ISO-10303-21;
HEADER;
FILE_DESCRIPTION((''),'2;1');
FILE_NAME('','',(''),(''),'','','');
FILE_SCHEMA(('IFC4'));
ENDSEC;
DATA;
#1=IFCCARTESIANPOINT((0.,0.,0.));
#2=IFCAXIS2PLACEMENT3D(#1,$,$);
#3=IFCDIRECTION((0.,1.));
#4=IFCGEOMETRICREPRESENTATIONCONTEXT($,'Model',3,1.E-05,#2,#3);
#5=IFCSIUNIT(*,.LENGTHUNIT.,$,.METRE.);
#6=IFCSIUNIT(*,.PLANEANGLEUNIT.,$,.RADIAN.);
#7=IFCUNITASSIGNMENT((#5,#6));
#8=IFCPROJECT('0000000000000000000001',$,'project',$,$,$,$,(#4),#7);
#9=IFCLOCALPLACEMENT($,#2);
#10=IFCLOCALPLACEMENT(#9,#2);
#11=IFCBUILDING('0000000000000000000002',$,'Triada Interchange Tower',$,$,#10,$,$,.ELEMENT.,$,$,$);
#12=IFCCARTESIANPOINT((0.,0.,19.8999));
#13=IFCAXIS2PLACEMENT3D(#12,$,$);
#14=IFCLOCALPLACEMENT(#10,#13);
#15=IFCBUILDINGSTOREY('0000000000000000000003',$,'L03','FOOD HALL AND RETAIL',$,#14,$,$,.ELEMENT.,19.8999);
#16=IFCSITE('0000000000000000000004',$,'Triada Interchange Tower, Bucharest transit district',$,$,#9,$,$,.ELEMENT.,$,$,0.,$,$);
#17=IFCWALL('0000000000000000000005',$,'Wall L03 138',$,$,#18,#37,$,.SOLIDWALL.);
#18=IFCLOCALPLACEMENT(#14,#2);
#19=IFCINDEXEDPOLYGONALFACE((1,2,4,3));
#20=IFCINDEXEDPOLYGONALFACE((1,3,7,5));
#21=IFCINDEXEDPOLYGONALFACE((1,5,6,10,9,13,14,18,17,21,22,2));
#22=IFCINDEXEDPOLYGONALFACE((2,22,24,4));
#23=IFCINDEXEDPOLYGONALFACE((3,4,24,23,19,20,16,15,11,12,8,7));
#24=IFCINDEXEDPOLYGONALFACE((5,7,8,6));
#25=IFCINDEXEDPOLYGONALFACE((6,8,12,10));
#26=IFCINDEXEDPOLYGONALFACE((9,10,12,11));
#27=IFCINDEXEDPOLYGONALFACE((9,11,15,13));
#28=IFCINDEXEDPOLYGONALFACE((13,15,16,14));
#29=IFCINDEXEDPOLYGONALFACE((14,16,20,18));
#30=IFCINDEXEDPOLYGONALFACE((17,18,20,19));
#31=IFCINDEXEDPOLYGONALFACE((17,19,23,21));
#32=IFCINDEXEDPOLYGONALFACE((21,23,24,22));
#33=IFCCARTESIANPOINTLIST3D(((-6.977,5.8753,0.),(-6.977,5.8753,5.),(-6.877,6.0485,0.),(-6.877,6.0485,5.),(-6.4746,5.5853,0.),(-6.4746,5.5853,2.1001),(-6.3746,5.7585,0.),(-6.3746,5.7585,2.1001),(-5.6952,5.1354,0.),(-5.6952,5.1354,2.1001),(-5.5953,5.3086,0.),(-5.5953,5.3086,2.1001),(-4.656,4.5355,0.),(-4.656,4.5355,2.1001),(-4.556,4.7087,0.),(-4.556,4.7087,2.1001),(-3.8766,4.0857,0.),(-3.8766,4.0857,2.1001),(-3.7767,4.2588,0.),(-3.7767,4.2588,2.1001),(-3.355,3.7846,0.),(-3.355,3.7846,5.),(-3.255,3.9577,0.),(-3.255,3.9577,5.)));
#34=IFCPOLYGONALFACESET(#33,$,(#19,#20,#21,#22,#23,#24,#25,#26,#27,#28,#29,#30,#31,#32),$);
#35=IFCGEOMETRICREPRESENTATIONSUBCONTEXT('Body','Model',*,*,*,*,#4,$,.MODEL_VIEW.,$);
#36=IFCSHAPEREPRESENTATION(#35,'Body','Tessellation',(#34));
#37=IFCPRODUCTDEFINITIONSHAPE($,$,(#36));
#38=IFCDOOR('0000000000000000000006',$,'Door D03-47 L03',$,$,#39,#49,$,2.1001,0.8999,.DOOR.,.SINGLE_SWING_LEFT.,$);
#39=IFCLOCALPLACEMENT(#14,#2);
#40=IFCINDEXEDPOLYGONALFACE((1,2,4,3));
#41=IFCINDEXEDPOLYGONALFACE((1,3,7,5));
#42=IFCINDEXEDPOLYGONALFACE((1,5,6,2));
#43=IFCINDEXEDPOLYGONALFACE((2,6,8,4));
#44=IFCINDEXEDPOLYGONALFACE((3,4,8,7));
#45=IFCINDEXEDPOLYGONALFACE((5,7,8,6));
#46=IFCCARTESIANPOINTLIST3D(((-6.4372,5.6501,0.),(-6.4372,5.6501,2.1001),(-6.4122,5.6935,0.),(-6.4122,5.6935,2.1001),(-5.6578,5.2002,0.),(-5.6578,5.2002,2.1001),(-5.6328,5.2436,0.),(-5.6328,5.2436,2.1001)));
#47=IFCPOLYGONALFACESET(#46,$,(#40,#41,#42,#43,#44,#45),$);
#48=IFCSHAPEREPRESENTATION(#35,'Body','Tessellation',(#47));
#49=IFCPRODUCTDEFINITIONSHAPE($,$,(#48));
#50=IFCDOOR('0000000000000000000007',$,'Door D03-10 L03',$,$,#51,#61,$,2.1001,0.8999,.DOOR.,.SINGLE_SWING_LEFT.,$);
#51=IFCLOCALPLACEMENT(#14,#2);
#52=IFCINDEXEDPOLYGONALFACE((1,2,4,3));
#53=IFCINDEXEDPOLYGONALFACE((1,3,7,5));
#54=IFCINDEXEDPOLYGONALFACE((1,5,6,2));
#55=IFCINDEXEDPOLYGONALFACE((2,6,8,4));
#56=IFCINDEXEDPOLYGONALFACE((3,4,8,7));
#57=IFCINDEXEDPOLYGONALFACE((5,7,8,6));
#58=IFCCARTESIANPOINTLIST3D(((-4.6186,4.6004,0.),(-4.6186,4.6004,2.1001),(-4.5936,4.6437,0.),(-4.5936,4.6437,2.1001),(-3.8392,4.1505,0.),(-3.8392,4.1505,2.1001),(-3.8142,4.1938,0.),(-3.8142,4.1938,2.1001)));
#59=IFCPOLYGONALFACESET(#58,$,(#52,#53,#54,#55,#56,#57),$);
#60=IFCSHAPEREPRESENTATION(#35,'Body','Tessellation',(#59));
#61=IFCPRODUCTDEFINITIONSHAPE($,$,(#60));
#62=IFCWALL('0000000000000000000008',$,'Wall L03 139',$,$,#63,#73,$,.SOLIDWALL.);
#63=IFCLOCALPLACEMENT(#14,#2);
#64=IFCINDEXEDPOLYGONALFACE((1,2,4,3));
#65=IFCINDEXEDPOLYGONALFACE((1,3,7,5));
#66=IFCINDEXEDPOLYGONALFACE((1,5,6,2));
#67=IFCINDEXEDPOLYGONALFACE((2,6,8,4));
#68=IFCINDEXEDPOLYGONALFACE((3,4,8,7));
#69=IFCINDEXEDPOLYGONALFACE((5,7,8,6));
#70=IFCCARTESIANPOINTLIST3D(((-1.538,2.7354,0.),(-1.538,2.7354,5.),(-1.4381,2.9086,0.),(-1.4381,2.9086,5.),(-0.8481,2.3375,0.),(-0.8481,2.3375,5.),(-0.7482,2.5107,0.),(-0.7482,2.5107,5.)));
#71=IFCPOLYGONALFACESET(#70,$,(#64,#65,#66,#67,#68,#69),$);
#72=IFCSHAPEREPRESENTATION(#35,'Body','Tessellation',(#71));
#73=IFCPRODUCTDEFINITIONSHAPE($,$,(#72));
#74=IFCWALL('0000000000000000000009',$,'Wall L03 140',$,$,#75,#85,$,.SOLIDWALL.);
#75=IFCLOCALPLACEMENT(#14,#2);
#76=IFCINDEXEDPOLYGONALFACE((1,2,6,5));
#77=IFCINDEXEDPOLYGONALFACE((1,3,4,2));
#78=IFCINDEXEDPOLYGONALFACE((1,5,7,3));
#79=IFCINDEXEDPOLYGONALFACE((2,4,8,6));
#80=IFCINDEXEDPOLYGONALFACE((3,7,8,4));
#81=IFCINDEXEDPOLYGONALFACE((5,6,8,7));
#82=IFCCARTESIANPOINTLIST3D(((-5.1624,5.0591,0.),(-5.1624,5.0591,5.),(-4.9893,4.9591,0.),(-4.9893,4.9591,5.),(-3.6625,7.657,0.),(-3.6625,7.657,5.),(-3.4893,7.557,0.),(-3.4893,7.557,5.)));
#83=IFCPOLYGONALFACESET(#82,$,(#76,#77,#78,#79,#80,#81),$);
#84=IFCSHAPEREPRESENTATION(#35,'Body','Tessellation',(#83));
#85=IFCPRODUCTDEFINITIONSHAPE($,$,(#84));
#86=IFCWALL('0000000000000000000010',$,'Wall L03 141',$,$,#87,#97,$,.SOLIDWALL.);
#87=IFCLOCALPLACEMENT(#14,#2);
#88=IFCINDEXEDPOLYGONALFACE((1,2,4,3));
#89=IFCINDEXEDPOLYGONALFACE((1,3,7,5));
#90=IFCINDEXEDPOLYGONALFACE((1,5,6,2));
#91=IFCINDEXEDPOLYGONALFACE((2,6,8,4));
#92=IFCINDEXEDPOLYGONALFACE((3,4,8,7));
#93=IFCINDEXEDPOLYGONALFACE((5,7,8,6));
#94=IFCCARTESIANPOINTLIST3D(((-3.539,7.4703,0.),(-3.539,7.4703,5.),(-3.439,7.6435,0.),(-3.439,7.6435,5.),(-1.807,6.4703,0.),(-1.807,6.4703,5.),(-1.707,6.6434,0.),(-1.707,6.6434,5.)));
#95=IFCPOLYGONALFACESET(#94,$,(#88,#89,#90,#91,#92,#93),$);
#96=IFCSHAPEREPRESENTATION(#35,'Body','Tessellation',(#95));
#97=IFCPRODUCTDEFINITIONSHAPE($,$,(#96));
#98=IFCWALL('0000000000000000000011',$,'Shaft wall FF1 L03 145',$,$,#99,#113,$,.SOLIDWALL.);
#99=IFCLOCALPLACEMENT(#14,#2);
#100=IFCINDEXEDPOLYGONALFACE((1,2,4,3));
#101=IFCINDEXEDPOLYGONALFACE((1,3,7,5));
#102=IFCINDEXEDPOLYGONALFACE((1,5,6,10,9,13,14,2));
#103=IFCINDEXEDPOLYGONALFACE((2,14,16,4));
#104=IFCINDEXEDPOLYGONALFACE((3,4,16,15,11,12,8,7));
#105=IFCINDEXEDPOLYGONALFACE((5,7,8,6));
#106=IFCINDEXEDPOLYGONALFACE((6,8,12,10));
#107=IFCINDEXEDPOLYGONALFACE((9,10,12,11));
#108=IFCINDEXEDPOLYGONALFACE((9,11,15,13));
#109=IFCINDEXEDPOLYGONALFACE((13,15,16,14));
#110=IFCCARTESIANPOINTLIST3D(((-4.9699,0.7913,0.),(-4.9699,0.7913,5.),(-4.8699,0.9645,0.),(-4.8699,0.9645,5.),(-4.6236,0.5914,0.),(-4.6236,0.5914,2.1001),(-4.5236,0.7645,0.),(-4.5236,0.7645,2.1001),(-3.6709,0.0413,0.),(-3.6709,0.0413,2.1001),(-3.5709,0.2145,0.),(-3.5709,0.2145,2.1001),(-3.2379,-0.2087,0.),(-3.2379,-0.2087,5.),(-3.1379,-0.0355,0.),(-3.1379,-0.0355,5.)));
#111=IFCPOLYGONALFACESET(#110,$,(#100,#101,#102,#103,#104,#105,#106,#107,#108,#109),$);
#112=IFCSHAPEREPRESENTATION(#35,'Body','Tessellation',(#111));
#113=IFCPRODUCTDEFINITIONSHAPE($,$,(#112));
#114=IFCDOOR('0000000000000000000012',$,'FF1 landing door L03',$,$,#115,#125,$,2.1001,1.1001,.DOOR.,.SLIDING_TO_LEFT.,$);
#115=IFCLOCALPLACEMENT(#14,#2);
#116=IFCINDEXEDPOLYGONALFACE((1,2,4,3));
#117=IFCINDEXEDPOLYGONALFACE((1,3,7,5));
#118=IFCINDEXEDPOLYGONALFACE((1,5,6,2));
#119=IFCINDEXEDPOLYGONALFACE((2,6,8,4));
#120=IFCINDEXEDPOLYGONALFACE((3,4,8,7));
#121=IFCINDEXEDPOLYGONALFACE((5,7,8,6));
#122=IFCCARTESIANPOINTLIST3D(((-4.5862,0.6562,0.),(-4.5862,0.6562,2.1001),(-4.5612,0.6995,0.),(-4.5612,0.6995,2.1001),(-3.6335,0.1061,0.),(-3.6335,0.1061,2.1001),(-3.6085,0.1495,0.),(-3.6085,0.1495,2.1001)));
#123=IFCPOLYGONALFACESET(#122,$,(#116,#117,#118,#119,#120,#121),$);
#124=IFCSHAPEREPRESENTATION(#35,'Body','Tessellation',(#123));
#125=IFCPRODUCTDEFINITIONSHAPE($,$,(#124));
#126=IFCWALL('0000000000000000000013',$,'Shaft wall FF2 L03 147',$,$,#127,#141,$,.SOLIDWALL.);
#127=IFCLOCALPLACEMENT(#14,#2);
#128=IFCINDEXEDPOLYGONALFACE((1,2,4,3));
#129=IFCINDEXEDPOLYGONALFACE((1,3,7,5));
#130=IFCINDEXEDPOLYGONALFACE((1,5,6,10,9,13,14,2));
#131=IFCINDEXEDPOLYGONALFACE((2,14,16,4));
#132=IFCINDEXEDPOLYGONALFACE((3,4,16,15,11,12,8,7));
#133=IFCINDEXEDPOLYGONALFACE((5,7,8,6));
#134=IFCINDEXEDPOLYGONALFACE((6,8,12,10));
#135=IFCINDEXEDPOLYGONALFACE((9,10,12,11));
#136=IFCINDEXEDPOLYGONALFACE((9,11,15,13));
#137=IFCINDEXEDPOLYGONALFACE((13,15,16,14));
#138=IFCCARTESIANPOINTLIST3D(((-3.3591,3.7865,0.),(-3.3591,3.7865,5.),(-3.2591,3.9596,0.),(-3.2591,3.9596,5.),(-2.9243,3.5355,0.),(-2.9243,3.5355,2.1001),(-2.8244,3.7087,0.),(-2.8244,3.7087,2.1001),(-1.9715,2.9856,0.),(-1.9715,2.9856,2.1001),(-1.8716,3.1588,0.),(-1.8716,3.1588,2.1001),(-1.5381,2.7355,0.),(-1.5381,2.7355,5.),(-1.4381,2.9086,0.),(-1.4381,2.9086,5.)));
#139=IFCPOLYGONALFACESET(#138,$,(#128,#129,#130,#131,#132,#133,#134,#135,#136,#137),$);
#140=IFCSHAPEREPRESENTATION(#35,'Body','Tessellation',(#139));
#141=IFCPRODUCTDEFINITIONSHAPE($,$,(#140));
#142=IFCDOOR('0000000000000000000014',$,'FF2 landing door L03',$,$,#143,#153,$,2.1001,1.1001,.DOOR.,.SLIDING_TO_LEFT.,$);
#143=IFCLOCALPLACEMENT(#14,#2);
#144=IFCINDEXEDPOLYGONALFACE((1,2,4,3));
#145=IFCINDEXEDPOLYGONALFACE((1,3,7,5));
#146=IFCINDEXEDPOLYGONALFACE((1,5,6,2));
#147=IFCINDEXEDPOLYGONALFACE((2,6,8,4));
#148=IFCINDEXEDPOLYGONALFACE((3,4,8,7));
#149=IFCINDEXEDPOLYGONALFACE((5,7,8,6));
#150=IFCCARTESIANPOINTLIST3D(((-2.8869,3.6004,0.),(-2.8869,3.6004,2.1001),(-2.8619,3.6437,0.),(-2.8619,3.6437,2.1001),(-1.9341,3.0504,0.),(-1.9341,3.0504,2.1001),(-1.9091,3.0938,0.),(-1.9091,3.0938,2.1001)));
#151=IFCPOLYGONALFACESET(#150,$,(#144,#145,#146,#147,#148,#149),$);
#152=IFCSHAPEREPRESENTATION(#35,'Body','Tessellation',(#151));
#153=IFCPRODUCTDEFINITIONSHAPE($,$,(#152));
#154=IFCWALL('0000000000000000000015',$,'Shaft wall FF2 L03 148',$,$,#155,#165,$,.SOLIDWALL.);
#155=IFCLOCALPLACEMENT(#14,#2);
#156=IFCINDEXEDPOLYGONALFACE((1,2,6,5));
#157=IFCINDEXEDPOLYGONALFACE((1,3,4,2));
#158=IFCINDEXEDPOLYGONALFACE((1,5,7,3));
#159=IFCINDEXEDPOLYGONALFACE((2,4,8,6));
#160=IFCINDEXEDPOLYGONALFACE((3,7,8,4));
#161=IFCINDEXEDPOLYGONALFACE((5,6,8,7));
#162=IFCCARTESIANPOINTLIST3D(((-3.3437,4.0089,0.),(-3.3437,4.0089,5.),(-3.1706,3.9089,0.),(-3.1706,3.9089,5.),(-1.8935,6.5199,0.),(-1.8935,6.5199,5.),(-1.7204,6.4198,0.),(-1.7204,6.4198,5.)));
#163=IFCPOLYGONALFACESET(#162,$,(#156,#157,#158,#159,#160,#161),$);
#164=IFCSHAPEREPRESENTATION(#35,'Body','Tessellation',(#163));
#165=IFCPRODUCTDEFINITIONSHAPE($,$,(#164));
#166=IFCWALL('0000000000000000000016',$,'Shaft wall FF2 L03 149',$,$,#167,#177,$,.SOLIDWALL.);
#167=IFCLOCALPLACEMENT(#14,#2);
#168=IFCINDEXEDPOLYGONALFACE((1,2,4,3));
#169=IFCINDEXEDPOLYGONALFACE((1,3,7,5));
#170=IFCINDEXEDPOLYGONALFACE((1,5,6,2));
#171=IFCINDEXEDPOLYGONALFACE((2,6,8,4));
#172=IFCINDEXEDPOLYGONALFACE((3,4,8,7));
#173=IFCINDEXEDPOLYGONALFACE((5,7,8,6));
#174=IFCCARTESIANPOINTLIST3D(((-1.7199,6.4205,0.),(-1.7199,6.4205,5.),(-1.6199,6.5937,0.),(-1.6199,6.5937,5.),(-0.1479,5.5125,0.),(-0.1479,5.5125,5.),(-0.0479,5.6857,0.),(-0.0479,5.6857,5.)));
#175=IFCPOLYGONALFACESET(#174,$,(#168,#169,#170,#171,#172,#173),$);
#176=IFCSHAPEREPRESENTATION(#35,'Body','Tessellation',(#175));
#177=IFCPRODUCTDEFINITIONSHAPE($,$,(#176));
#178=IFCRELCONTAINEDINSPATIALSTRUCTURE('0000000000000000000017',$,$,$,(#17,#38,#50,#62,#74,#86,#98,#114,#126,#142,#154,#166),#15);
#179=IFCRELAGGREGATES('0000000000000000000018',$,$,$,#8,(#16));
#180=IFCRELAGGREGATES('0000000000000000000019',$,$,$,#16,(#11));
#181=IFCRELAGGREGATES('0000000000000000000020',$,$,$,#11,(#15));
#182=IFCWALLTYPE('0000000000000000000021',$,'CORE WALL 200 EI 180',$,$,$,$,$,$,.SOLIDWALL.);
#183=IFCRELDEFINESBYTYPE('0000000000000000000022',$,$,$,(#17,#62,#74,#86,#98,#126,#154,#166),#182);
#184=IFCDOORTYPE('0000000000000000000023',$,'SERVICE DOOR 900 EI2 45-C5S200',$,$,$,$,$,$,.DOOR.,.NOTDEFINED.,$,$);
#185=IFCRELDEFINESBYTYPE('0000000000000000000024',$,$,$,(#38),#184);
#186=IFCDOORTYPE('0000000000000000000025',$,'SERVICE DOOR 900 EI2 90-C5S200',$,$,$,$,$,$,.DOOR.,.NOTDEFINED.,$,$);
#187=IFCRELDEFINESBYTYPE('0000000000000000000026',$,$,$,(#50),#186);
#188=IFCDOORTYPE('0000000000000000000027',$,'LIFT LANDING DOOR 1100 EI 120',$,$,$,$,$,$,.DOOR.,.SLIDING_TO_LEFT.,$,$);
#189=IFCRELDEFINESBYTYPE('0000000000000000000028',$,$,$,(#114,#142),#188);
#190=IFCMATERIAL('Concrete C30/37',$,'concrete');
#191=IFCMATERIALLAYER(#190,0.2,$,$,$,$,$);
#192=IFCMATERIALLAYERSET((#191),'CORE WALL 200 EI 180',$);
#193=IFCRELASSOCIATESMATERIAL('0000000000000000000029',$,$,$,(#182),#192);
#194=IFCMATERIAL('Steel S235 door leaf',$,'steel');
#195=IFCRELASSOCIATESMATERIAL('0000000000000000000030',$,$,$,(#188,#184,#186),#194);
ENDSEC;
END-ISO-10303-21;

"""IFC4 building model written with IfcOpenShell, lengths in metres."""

from ifc_helpers import new_model, si_unit, direction, frame, frame_2d, origin, place, context, subcontext, project, spatial, rectangle, extrude, material, layer, layer_set, type_object, element, fill, save


model = new_model("IFC4")

# Units and contexts
model_context = context("Model", 3, precision=1e-05, world=origin(), true_north=direction((0.0, 1.0)))
body_context = subcontext(model_context, "Body", "Model", "MODEL_VIEW")
ifc_project = project(units=[si_unit("LENGTHUNIT", "METRE"), si_unit("PLANEANGLEUNIT", "RADIAN")], contexts=[model_context])

# Site, building, storey
site_placement = place(None, origin())
site = spatial("IfcSite", under=ifc_project, at=site_placement, Name="Triada Interchange Tower, Bucharest transit district", CompositionType="ELEMENT", RefElevation=0.0)
building_placement = place(site_placement, origin())
building = spatial("IfcBuilding", under=site, at=building_placement, Name="Triada Interchange Tower", CompositionType="ELEMENT")
storey_placement = place(building_placement, frame((0.0, 0.0, 19.8999)))
storey = spatial("IfcBuildingStorey", under=building, at=storey_placement, Name="L03", Description="FOOD HALL AND RETAIL", CompositionType="ELEMENT", Elevation=19.8999)

# Shared definitions
ifc_material_1 = material(Name="Concrete C30/37", Category="concrete")

# Shared definitions
ifc_layer_1 = layer(ifc_material_1, 0.2)
ifc_layer_set_1 = layer_set([ifc_layer_1], Name="CORE WALL 200 EI 180")
wall_type_1 = type_object("IfcWallType", Name="CORE WALL 200 EI 180", PredefinedType="SOLIDWALL", material=ifc_layer_set_1)
ifc_material_2 = material(Name="Steel S235 door leaf", Category="steel")
door_type_1 = type_object("IfcDoorType", Name="LIFT LANDING DOOR 1100 EI 120", OperationType="SLIDING_TO_LEFT", PredefinedType="DOOR", material=ifc_material_2)
door_type_2 = type_object("IfcDoorType", Name="SERVICE DOOR 900 EI2 45-C5S200", OperationType="NOTDEFINED", PredefinedType="DOOR", material=ifc_material_2)

# Wall, openings, doors
wall_1_placement = place(storey_placement, frame((-6.927, 5.9619, 0.0), z_axis=(0.0, 0.0, 1.0), x_axis=(0.866065, -0.499931, 0.0)))
wall_1 = element("IfcWall", 1, at=wall_1_placement, inside=storey, type_object=wall_type_1, Name="Wall L03 138", PredefinedType="SOLIDWALL", context=body_context, shape_type="SweptSolid", body=[
    extrude(rectangle(XDim=4.1821, YDim=0.2, at=frame_2d((2.0911, 0.0))), origin(), (0.0, 0.0, 1.0), 5.0),
])
opening_1_placement = place(wall_1_placement, frame((2.6799, 0.0, 0.0)))
opening_1 = element("IfcOpeningElement", 2, at=opening_1_placement, cuts=wall_1, PredefinedType="OPENING", context=body_context, shape_type="SweptSolid", body=[
    extrude(rectangle(XDim=0.8999, YDim=2.1001, at=frame_2d((0.45, 1.05))), frame((0.0, 0.1099, 0.0), z_axis=(0.0, -1.0, 0.0), x_axis=(1.0, 0.0, 0.0)), (0.0, 0.0, 1.0), 0.22),
])
opening_2_placement = place(wall_1_placement, frame((0.5801, 0.0, 0.0)))
opening_2 = element("IfcOpeningElement", 3, at=opening_2_placement, cuts=wall_1, PredefinedType="OPENING", context=body_context, shape_type="SweptSolid", body=[
    extrude(rectangle(XDim=0.8999, YDim=2.1001, at=frame_2d((0.45, 1.05))), frame((0.0, 0.1099, 0.0), z_axis=(0.0, -1.0, 0.0), x_axis=(1.0, 0.0, 0.0)), (0.0, 0.0, 1.0), 0.22),
])
door_1_placement = place(opening_2_placement, origin())
door_1 = element("IfcDoor", 4, at=door_1_placement, inside=storey, type_object=door_type_2, Name="Door D03-47 L03", OperationType="SINGLE_SWING_LEFT", OverallHeight=2.1001, OverallWidth=0.8999, PredefinedType="DOOR", context=body_context, shape_type="SweptSolid", body=[
    extrude(rectangle(XDim=0.8999, YDim=2.1001, at=frame_2d((0.45, 1.05))), frame((0.0, 0.0249, 0.0), z_axis=(0.0, -1.0, 0.0), x_axis=(1.0, 0.0, 0.0)), (0.0, 0.0, 1.0), 0.05),
])
fill(opening_2, door_1)
door_type_3 = type_object("IfcDoorType", Name="SERVICE DOOR 900 EI2 90-C5S200", OperationType="NOTDEFINED", PredefinedType="DOOR", material=ifc_material_2)
door_2_placement = place(opening_1_placement, origin())
door_2 = element("IfcDoor", 5, at=door_2_placement, inside=storey, type_object=door_type_3, Name="Door D03-10 L03", OperationType="SINGLE_SWING_LEFT", OverallHeight=2.1001, OverallWidth=0.8999, PredefinedType="DOOR", context=body_context, shape_type="SweptSolid", body=[
    extrude(rectangle(XDim=0.8999, YDim=2.1001, at=frame_2d((0.45, 1.05))), frame((0.0, 0.0249, 0.0), z_axis=(0.0, -1.0, 0.0), x_axis=(1.0, 0.0, 0.0)), (0.0, 0.0, 1.0), 0.05),
])
fill(opening_1, door_2)

# Walls
wall_2_placement = place(storey_placement, frame((-1.488, 2.822, 0.0), z_axis=(0.0, 0.0, 1.0), x_axis=(0.866237, -0.499634, 0.0)))
element("IfcWall", 6, at=wall_2_placement, inside=storey, type_object=wall_type_1, Name="Wall L03 139", PredefinedType="SOLIDWALL", context=body_context, shape_type="SweptSolid", body=[
    extrude(rectangle(XDim=0.7964, YDim=0.2, at=frame_2d((0.3982, 0.0))), origin(), (0.0, 0.0, 1.0), 5.0),
])
wall_3_placement = place(storey_placement, frame((-5.0759, 5.009, 0.0), z_axis=(0.0, 0.0, 1.0), x_axis=(0.500025, 0.866011, 0.0)))
element("IfcWall", 7, at=wall_3_placement, inside=storey, type_object=wall_type_1, Name="Wall L03 140", PredefinedType="SOLIDWALL", context=body_context, shape_type="SweptSolid", body=[
    extrude(rectangle(XDim=2.9998, YDim=0.2, at=frame_2d((1.5, 0.0))), origin(), (0.0, 0.0, 1.0), 5.0),
])
wall_4_placement = place(storey_placement, frame((-3.489, 7.5569, 0.0), z_axis=(0.0, 0.0, 1.0), x_axis=(0.866011, -0.500025, 0.0)))
element("IfcWall", 8, at=wall_4_placement, inside=storey, type_object=wall_type_1, Name="Wall L03 141", PredefinedType="SOLIDWALL", context=body_context, shape_type="SweptSolid", body=[
    extrude(rectangle(XDim=2.0, YDim=0.2, at=frame_2d((1.0, 0.0))), origin(), (0.0, 0.0, 1.0), 5.0),
])

# Walls, openings, doors
wall_5_placement = place(storey_placement, frame((-4.9199, 0.8779, 0.0), z_axis=(0.0, 0.0, 1.0), x_axis=(0.866011, -0.500025, 0.0)))
wall_5 = element("IfcWall", 9, at=wall_5_placement, inside=storey, type_object=wall_type_1, Name="Shaft wall FF1 L03 145", PredefinedType="SOLIDWALL", context=body_context, shape_type="SweptSolid", body=[
    extrude(rectangle(XDim=2.0, YDim=0.2, at=frame_2d((1.0, 0.0))), origin(), (0.0, 0.0, 1.0), 5.0),
])
opening_3_placement = place(wall_5_placement, frame((0.3999, 0.0, 0.0)))
opening_3 = element("IfcOpeningElement", 10, at=opening_3_placement, cuts=wall_5, PredefinedType="OPENING", context=body_context, shape_type="SweptSolid", body=[
    extrude(rectangle(XDim=1.1001, YDim=2.1001, at=frame_2d((0.55, 1.05))), frame((0.0, 0.1099, 0.0), z_axis=(0.0, -1.0, 0.0), x_axis=(1.0, 0.0, 0.0)), (0.0, 0.0, 1.0), 0.22),
])
door_3_placement = place(opening_3_placement, origin())
door_3 = element("IfcDoor", 11, at=door_3_placement, inside=storey, type_object=door_type_1, Name="FF1 landing door L03", OperationType="SLIDING_TO_LEFT", OverallHeight=2.1001, OverallWidth=1.1001, PredefinedType="DOOR", context=body_context, shape_type="SweptSolid", body=[
    extrude(rectangle(XDim=1.1001, YDim=2.1001, at=frame_2d((0.55, 1.05))), frame((0.0, 0.0249, 0.0), z_axis=(0.0, -1.0, 0.0), x_axis=(1.0, 0.0, 0.0)), (0.0, 0.0, 1.0), 0.05),
])
fill(opening_3, door_3)
wall_6_placement = place(storey_placement, frame((-3.3091, 3.873, 0.0), z_axis=(0.0, 0.0, 1.0), x_axis=(0.866099, -0.499873, 0.0)))
wall_6 = element("IfcWall", 12, at=wall_6_placement, inside=storey, type_object=wall_type_1, Name="Shaft wall FF2 L03 147", PredefinedType="SOLIDWALL", context=body_context, shape_type="SweptSolid", body=[
    extrude(rectangle(XDim=2.1025, YDim=0.2, at=frame_2d((1.0513, 0.0))), origin(), (0.0, 0.0, 1.0), 5.0),
])
opening_4_placement = place(wall_6_placement, frame((0.502, 0.0, 0.0)))
opening_4 = element("IfcOpeningElement", 13, at=opening_4_placement, cuts=wall_6, PredefinedType="OPENING", context=body_context, shape_type="SweptSolid", body=[
    extrude(rectangle(XDim=1.1001, YDim=2.1001, at=frame_2d((0.55, 1.05))), frame((0.0, 0.1099, 0.0), z_axis=(0.0, -1.0, 0.0), x_axis=(1.0, 0.0, 0.0)), (0.0, 0.0, 1.0), 0.22),
])
door_4_placement = place(opening_4_placement, origin())
door_4 = element("IfcDoor", 14, at=door_4_placement, inside=storey, type_object=door_type_1, Name="FF2 landing door L03", OperationType="SLIDING_TO_LEFT", OverallHeight=2.1001, OverallWidth=1.1001, PredefinedType="DOOR", context=body_context, shape_type="SweptSolid", body=[
    extrude(rectangle(XDim=1.1001, YDim=2.1001, at=frame_2d((0.55, 1.05))), frame((0.0, 0.0249, 0.0), z_axis=(0.0, -1.0, 0.0), x_axis=(1.0, 0.0, 0.0)), (0.0, 0.0, 1.0), 0.05),
])
fill(opening_4, door_4)

# Walls
wall_7_placement = place(storey_placement, frame((-3.2571, 3.959, 0.0), z_axis=(0.0, 0.0, 1.0), x_axis=(0.500123, 0.865954, 0.0)))
element("IfcWall", 15, at=wall_7_placement, inside=storey, type_object=wall_type_1, Name="Shaft wall FF2 L03 148", PredefinedType="SOLIDWALL", context=body_context, shape_type="SweptSolid", body=[
    extrude(rectangle(XDim=2.8997, YDim=0.2, at=frame_2d((1.4497, 0.0))), origin(), (0.0, 0.0, 1.0), 5.0),
])
wall_8_placement = place(storey_placement, frame((-1.6699, 6.5071, 0.0), z_axis=(0.0, 0.0, 1.0), x_axis=(0.865941, -0.500145, 0.0)))
element("IfcWall", 16, at=wall_8_placement, inside=storey, type_object=wall_type_1, Name="Shaft wall FF2 L03 149", PredefinedType="SOLIDWALL", context=body_context, shape_type="SweptSolid", body=[
    extrude(rectangle(XDim=1.8154, YDim=0.2, at=frame_2d((0.9077, 0.0))), origin(), (0.0, 0.0, 1.0), 5.0),
])

save(model, "model.ifc")
